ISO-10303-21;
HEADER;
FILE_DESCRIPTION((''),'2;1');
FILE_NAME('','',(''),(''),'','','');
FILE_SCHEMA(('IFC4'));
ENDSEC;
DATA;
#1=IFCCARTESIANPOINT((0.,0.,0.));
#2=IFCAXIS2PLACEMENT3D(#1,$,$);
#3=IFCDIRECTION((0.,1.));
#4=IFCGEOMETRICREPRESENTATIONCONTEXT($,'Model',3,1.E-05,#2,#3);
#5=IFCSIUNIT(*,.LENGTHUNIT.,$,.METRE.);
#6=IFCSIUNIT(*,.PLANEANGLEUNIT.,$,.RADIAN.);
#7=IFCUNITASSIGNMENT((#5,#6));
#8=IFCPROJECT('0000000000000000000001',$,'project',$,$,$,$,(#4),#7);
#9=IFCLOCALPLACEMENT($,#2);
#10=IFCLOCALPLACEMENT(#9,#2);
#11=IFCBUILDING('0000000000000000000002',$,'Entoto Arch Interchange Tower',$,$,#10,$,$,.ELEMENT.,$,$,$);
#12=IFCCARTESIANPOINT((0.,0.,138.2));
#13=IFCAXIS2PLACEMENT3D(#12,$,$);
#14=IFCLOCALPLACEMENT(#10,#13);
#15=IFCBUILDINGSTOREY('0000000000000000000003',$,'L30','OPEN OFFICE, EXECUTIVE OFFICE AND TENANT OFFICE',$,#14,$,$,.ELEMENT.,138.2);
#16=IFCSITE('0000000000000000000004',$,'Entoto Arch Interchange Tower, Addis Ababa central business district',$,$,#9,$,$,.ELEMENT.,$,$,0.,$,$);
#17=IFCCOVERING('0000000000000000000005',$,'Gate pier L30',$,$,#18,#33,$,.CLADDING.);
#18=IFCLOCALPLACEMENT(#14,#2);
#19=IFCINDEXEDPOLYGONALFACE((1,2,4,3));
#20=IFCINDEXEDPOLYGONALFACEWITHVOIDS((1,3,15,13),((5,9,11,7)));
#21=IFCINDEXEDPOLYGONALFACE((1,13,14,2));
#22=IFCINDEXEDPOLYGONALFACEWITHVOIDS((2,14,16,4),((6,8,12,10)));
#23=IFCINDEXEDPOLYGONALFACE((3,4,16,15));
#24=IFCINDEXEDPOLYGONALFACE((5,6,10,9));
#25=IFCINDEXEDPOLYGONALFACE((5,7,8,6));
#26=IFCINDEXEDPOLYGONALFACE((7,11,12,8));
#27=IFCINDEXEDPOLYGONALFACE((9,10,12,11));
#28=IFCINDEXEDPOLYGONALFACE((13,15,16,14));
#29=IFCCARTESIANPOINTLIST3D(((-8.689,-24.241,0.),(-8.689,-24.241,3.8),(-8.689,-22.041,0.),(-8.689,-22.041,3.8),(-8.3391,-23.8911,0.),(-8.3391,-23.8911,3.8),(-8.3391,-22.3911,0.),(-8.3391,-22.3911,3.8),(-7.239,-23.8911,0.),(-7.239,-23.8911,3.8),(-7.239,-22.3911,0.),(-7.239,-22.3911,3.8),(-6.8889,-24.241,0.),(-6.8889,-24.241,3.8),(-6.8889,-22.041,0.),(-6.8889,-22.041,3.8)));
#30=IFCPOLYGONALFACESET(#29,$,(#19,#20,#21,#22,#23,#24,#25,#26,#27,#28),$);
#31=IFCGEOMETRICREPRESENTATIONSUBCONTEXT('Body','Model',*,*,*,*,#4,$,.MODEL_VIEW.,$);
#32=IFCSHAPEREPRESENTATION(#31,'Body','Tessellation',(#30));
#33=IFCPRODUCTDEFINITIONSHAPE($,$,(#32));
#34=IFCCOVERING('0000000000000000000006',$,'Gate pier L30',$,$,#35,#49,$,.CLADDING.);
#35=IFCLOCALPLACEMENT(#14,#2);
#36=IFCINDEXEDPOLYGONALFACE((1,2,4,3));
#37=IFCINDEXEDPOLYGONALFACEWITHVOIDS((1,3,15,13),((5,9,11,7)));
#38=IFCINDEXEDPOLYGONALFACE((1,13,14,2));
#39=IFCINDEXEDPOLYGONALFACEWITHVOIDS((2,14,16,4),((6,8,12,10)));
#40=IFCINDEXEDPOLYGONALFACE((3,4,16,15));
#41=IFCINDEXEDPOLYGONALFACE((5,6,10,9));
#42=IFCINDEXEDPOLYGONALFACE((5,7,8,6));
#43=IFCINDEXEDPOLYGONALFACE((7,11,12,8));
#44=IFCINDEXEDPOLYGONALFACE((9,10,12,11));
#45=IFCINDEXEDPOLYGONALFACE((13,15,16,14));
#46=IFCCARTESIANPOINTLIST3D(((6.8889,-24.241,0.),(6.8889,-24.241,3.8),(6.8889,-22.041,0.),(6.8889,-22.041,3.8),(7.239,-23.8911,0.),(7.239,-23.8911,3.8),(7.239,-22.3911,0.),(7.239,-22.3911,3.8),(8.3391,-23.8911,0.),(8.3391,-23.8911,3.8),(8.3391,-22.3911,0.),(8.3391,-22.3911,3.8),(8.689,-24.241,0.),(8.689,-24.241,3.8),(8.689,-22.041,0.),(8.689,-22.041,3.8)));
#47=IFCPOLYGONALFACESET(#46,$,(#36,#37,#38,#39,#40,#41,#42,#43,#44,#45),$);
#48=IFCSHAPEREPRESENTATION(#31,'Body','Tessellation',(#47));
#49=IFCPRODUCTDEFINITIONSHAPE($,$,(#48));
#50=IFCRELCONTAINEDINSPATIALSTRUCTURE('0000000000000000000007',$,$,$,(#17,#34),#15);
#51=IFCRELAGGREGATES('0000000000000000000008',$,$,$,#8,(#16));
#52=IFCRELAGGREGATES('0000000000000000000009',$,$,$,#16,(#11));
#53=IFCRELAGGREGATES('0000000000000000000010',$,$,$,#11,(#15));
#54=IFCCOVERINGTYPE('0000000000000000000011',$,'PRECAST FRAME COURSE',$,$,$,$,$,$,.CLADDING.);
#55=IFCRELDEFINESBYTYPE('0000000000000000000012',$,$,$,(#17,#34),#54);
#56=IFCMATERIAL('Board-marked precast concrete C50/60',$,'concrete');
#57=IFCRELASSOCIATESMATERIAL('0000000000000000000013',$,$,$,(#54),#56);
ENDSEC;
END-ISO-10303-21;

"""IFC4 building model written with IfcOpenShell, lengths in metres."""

from ifc_helpers import new_model, si_unit, direction, frame, origin, place, context, subcontext, project, spatial, polyline, outline, extrude, material, type_object, element, save


model = new_model("IFC4")

# Units and contexts
model_context = context("Model", 3, precision=1e-05, world=origin(), true_north=direction((0.0, 1.0)))
body_context = subcontext(model_context, "Body", "Model", "MODEL_VIEW")
ifc_project = project(units=[si_unit("LENGTHUNIT", "METRE"), si_unit("PLANEANGLEUNIT", "RADIAN")], contexts=[model_context])

# Site, building, storey
site_placement = place(None, origin())
site = spatial("IfcSite", under=ifc_project, at=site_placement, Name="Entoto Arch Interchange Tower, Addis Ababa central business district", CompositionType="ELEMENT", RefElevation=0.0)
building_placement = place(site_placement, origin())
building = spatial("IfcBuilding", under=site, at=building_placement, Name="Entoto Arch Interchange Tower", CompositionType="ELEMENT")
storey_placement = place(building_placement, frame((0.0, 0.0, 138.2)))
storey = spatial("IfcBuildingStorey", under=building, at=storey_placement, Name="L30", Description="OPEN OFFICE, EXECUTIVE OFFICE AND TENANT OFFICE", CompositionType="ELEMENT", Elevation=138.2)

# Coverings
ifc_material_1 = material(Name="Board-marked precast concrete C50/60", Category="concrete")
covering_type = type_object("IfcCoveringType", Name="PRECAST FRAME COURSE", PredefinedType="CLADDING", material=ifc_material_1)
covering_1_placement = place(storey_placement, origin())
element("IfcCovering", 1, at=covering_1_placement, inside=storey, type_object=covering_type, Name="Gate pier L30", PredefinedType="CLADDING", context=body_context, shape_type="SweptSolid", body=[
    extrude(outline(polyline([(-8.689, -22.041), (-6.8889, -22.041), (-6.8889, -24.241), (-8.689, -24.241), (-8.689, -22.041)]), holes=[polyline([(-8.3391, -22.3911), (-8.3391, -23.8911), (-7.239, -23.8911), (-7.239, -22.3911), (-8.3391, -22.3911)])]), origin(), (0.0, 0.0, 1.0), 3.8),
])
covering_2_placement = place(storey_placement, origin())
element("IfcCovering", 2, at=covering_2_placement, inside=storey, type_object=covering_type, Name="Gate pier L30", PredefinedType="CLADDING", context=body_context, shape_type="SweptSolid", body=[
    extrude(outline(polyline([(6.8889, -22.041), (8.689, -22.041), (8.689, -24.241), (6.8889, -24.241), (6.8889, -22.041)]), holes=[polyline([(7.239, -22.3911), (7.239, -23.8911), (8.3391, -23.8911), (8.3391, -22.3911), (7.239, -22.3911)])]), origin(), (0.0, 0.0, 1.0), 3.8),
])

save(model, "model.ifc")
